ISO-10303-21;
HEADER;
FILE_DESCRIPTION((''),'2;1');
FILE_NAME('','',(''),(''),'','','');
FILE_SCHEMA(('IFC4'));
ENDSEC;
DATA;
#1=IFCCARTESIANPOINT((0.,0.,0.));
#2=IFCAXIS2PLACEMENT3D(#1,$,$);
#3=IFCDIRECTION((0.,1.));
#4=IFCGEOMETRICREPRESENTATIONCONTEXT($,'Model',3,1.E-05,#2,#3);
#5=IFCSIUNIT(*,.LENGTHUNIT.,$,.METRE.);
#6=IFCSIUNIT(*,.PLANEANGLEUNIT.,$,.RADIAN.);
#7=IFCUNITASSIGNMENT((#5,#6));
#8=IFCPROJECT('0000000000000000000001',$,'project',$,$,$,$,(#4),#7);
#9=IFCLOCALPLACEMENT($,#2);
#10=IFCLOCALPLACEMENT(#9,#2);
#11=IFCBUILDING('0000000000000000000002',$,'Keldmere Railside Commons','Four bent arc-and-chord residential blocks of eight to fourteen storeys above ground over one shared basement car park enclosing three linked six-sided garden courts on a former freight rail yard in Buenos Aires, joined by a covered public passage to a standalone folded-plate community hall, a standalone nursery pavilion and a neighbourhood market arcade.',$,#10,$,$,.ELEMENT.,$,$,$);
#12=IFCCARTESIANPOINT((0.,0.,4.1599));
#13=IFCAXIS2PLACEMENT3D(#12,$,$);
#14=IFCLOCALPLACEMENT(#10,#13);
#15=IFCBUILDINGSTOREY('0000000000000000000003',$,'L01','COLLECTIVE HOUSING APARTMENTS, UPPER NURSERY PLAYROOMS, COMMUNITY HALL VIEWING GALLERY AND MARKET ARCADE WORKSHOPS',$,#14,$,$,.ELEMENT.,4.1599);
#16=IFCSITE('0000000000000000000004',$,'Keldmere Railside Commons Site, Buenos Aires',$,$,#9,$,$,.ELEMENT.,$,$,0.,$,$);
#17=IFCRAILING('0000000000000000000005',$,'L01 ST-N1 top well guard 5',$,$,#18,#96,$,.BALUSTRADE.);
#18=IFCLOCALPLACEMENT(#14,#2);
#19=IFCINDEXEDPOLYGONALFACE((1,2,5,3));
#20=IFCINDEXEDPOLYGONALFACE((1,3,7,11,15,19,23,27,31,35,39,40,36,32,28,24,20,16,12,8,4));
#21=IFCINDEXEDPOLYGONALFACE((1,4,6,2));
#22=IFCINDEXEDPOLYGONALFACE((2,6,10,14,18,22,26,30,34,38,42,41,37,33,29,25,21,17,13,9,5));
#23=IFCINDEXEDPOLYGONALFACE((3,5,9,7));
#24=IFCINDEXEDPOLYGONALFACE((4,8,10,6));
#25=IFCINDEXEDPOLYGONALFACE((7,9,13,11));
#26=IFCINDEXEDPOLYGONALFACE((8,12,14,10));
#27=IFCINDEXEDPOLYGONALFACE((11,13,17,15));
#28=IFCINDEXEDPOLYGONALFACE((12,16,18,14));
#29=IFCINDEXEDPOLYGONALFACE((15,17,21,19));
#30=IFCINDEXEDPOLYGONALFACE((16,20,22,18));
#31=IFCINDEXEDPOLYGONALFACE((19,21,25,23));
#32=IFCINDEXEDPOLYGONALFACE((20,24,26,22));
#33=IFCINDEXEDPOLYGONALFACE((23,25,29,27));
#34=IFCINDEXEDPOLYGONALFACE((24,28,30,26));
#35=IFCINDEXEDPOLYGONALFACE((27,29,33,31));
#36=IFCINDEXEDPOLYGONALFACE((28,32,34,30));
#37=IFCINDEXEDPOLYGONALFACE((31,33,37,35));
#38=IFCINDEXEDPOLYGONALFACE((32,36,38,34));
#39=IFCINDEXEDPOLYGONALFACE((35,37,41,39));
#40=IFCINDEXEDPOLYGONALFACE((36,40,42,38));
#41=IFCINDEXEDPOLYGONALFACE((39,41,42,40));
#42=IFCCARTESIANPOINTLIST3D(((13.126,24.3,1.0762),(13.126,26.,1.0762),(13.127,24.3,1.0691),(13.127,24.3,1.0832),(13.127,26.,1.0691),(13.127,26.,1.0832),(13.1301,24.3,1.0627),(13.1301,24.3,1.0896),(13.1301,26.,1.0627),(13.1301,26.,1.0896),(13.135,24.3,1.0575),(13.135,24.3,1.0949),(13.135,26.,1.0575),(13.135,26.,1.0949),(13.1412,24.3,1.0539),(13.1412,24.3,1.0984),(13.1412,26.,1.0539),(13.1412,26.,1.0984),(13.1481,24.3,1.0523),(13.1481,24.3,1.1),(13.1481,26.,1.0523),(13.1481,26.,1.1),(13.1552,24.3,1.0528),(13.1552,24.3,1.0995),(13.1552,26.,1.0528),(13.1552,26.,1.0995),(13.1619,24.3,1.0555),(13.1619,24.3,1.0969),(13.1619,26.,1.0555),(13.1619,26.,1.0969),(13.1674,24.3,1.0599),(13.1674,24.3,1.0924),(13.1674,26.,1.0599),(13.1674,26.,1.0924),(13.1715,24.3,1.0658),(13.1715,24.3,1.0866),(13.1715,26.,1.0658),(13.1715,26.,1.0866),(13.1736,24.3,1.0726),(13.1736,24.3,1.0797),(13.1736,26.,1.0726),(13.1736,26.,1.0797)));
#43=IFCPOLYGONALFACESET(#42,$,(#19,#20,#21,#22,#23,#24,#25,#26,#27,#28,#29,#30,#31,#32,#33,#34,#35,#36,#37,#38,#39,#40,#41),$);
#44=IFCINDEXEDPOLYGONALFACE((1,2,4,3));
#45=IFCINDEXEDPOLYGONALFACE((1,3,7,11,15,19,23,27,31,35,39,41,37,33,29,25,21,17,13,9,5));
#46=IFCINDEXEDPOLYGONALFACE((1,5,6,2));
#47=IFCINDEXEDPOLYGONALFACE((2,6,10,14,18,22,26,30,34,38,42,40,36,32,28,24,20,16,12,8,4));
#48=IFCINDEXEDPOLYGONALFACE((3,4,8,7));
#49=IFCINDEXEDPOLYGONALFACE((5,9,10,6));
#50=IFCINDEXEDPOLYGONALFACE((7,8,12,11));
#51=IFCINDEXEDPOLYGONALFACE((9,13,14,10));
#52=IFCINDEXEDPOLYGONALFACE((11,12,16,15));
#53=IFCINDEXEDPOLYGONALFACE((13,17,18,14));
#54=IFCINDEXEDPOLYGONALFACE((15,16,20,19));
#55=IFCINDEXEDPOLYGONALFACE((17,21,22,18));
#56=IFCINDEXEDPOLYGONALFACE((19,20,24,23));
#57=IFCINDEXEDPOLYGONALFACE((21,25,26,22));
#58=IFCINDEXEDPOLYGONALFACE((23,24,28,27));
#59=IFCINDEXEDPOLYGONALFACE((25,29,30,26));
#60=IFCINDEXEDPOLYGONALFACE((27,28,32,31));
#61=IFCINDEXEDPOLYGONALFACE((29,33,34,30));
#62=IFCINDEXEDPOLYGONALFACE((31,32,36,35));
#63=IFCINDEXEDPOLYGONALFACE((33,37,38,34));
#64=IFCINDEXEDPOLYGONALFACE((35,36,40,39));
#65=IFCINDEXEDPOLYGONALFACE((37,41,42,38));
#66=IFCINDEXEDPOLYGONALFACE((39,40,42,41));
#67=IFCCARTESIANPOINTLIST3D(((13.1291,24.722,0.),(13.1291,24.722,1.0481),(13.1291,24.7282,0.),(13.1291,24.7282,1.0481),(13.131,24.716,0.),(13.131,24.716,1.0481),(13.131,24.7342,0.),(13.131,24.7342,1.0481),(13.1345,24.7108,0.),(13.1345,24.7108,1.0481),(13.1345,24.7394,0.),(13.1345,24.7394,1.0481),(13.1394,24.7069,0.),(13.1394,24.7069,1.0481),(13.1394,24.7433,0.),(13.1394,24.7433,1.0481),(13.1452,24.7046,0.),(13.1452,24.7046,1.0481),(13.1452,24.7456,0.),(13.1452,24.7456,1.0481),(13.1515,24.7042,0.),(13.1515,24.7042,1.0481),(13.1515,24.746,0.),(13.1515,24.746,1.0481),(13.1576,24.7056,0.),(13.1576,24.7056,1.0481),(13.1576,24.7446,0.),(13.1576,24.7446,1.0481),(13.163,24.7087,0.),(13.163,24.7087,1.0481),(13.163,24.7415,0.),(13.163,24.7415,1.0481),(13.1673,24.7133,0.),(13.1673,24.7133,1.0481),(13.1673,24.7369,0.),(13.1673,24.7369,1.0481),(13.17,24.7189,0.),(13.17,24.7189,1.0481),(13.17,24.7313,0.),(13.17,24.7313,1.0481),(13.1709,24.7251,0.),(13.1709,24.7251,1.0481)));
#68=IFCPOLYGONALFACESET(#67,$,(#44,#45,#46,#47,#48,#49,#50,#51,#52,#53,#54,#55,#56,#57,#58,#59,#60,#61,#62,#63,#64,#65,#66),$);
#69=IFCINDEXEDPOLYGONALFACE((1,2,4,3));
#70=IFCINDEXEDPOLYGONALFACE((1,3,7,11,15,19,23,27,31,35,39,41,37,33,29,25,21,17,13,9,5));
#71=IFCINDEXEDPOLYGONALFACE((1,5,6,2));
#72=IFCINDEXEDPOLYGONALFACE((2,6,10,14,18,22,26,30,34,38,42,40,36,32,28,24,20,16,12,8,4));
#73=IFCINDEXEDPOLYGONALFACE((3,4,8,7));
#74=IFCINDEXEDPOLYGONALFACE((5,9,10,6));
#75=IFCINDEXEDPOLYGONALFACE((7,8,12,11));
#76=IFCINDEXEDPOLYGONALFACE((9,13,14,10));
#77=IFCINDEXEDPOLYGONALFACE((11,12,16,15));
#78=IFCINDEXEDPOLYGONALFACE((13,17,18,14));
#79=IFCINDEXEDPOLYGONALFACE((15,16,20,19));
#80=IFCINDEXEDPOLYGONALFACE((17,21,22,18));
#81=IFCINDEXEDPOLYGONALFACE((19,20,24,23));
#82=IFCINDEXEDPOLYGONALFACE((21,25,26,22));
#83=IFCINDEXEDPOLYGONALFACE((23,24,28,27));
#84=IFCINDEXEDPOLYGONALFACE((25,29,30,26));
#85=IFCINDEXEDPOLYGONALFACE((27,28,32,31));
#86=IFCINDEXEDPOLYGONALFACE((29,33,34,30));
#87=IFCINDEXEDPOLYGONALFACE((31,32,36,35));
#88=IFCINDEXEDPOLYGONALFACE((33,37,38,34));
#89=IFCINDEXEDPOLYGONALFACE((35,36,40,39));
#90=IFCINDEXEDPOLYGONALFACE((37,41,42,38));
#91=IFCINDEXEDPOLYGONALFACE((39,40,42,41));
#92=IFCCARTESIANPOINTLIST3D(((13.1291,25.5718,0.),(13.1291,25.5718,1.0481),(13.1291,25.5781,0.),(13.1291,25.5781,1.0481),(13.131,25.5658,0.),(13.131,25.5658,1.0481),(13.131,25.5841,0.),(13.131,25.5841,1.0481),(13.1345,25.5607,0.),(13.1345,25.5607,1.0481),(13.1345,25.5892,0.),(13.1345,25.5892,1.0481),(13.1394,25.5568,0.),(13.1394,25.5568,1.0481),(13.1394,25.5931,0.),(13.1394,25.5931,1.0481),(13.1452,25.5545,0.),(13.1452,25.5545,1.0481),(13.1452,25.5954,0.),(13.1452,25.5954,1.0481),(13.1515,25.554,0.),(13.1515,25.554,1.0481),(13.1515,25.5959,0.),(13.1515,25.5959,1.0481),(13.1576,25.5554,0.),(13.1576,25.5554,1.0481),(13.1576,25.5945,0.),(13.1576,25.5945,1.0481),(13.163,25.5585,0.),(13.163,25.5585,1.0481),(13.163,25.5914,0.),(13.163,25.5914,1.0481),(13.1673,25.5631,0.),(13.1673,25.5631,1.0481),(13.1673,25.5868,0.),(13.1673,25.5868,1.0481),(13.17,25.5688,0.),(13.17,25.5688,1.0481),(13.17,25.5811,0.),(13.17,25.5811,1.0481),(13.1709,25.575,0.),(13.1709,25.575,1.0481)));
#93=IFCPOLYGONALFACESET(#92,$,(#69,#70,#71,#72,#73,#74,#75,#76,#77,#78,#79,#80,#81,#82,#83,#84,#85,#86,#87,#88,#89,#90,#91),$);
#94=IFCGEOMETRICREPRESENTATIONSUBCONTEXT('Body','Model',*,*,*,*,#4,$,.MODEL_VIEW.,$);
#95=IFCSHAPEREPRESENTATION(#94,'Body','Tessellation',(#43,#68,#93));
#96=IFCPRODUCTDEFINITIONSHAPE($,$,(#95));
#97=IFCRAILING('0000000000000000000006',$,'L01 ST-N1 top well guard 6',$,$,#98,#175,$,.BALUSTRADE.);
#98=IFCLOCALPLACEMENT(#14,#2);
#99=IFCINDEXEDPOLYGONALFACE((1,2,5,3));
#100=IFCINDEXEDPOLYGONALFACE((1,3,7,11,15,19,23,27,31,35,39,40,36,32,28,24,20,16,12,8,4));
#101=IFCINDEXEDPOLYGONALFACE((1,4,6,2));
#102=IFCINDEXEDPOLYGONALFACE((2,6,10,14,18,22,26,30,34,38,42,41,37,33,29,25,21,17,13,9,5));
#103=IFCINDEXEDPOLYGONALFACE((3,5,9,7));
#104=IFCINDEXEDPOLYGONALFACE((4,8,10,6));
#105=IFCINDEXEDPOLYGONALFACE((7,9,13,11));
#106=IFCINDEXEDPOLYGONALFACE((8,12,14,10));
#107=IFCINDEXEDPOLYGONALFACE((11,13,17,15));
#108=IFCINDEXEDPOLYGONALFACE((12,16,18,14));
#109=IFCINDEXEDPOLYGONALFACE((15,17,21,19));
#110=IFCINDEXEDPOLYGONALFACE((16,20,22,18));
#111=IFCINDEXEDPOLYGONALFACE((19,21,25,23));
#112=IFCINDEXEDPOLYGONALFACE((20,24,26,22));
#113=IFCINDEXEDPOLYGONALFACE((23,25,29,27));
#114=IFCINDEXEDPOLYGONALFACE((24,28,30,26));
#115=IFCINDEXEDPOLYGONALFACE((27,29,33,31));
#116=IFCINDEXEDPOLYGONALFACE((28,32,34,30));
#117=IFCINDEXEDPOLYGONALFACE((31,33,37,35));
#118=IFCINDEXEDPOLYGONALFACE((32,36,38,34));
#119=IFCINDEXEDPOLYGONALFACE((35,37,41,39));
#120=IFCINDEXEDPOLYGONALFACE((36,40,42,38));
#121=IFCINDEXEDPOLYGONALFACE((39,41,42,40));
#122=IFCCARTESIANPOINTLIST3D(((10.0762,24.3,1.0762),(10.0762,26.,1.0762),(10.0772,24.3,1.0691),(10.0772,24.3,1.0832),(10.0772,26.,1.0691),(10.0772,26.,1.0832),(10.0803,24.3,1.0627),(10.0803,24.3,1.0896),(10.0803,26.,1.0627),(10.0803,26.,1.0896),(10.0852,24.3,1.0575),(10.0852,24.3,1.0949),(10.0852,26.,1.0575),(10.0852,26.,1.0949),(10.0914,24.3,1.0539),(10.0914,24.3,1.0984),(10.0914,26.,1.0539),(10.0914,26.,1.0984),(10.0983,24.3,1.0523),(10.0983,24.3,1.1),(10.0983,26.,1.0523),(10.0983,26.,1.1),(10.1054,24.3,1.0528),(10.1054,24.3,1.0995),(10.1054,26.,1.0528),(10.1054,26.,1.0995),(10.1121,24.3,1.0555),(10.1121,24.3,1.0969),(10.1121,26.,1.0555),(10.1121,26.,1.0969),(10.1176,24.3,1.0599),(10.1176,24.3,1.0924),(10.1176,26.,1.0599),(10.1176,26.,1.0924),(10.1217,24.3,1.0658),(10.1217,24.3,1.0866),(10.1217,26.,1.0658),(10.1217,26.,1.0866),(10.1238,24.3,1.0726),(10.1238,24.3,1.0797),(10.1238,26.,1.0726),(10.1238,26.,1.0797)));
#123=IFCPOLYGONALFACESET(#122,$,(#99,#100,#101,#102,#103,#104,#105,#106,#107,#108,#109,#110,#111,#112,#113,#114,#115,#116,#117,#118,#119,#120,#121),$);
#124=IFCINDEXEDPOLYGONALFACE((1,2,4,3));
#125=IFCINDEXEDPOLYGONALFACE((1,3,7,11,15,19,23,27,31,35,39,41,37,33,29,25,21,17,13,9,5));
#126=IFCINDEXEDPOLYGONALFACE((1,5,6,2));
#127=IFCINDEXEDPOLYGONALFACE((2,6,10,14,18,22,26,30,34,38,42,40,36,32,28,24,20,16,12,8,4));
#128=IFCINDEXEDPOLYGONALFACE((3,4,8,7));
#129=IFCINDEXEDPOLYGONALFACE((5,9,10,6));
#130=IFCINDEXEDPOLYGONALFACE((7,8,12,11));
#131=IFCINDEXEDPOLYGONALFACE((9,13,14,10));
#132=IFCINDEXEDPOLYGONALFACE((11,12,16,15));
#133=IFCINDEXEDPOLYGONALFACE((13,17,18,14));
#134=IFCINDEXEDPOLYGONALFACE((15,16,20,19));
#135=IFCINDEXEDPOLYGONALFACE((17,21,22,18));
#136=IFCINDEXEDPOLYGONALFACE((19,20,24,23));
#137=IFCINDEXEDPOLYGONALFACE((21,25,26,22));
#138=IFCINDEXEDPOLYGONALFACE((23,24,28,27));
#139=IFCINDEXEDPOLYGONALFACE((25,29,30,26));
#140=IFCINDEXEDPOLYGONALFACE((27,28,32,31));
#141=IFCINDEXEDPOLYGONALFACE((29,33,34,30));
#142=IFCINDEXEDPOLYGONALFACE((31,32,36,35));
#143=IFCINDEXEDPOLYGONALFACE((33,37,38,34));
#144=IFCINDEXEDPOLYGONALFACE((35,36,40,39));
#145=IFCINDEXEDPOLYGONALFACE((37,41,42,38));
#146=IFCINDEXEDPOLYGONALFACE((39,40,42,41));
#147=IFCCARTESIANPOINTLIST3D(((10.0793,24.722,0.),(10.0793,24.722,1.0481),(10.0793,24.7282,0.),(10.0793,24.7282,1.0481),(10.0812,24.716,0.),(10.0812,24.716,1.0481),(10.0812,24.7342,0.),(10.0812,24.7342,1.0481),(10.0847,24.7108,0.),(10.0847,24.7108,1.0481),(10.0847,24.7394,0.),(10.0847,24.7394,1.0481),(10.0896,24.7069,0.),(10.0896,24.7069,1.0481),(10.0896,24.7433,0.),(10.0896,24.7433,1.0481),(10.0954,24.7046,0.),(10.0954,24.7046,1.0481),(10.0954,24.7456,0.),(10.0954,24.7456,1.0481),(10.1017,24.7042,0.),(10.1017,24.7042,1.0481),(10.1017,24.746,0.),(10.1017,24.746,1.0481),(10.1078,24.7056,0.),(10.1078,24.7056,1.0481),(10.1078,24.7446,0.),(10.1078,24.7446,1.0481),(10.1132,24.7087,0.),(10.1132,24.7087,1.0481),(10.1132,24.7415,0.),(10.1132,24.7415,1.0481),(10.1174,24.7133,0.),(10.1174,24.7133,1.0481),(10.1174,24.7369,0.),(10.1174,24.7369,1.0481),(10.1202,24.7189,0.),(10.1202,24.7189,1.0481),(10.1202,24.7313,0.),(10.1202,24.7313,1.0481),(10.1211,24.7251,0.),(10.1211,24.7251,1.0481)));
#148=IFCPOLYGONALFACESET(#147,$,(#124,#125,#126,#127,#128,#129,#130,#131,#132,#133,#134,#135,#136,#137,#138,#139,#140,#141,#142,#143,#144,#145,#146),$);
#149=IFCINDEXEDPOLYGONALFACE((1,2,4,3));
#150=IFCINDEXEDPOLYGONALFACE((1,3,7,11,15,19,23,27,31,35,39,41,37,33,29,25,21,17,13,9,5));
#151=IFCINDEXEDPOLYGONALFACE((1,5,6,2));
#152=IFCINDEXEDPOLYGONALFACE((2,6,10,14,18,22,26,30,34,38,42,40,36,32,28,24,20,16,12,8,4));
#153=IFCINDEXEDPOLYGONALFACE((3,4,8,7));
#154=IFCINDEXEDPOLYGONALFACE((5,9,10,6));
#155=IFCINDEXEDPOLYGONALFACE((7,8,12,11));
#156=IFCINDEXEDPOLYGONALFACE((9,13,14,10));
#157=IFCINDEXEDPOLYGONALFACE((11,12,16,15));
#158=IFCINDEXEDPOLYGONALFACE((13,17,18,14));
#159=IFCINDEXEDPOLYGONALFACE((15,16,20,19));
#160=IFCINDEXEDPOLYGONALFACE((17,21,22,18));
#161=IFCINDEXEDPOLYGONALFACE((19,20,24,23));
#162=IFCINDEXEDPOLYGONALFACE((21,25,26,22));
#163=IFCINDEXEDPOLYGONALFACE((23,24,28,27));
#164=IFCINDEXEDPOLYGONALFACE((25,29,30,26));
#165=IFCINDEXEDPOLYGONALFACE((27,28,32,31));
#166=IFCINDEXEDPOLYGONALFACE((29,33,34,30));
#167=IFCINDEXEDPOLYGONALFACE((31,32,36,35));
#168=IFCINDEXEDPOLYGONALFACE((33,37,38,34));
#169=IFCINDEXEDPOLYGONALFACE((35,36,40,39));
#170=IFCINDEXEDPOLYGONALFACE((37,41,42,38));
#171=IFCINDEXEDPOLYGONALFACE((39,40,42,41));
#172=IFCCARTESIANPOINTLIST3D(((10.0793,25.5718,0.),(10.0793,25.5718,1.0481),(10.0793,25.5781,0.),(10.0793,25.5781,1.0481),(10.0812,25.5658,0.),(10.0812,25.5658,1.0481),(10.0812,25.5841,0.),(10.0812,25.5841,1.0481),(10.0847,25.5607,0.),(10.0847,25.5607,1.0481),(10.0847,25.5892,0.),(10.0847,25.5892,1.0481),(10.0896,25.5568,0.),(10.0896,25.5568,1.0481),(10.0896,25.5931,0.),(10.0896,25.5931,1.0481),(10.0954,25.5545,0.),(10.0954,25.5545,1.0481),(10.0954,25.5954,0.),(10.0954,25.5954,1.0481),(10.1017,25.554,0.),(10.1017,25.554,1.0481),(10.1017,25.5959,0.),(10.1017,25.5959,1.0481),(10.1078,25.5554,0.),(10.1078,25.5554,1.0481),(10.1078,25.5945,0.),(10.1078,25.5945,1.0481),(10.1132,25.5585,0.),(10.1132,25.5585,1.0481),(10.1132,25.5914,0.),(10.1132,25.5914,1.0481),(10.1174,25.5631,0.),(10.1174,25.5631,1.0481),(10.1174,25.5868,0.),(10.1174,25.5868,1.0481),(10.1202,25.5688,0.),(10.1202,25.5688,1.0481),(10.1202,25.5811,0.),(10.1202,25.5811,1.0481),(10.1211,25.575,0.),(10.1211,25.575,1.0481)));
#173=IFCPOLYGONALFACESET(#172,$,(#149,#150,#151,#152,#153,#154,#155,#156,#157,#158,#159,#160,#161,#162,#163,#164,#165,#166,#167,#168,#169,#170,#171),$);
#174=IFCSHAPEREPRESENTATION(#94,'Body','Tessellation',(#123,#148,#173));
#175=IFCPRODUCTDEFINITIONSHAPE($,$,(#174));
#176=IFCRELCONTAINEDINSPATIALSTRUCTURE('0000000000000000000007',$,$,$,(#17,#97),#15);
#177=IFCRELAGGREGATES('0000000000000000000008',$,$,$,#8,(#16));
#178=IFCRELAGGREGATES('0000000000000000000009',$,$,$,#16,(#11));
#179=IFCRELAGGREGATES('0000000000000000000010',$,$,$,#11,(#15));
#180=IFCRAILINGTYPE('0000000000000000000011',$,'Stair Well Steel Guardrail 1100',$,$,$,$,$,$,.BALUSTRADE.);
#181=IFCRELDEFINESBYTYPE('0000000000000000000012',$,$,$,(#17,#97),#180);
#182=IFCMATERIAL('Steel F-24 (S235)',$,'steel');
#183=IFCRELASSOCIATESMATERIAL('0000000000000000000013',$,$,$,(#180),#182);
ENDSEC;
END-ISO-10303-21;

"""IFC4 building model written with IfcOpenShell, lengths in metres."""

from ifc_helpers import new_model, si_unit, direction, frame, origin, origin_2d, place, context, subcontext, project, spatial, circle, extrude, material, type_object, element, save


model = new_model("IFC4")

# Units and contexts
model_context = context("Model", 3, precision=1e-05, world=origin(), true_north=direction((0.0, 1.0)))
body_context = subcontext(model_context, "Body", "Model", "MODEL_VIEW")
ifc_project = project(units=[si_unit("LENGTHUNIT", "METRE"), si_unit("PLANEANGLEUNIT", "RADIAN")], contexts=[model_context])

# Site, building, storey
site_placement = place(None, origin())
site = spatial("IfcSite", under=ifc_project, at=site_placement, Name="Keldmere Railside Commons Site, Buenos Aires", CompositionType="ELEMENT", RefElevation=0.0)
building_placement = place(site_placement, origin())
building = spatial("IfcBuilding", under=site, at=building_placement, Name="Keldmere Railside Commons", Description="Four bent arc-and-chord residential blocks of eight to fourteen storeys above ground over one shared basement car park enclosing three linked six-sided garden courts on a former freight rail yard in Buenos Aires, joined by a covered public passage to a standalone folded-plate community hall, a standalone nursery pavilion and a neighbourhood market arcade.", CompositionType="ELEMENT")
storey_placement = place(building_placement, frame((0.0, 0.0, 4.1599)))
storey = spatial("IfcBuildingStorey", under=building, at=storey_placement, Name="L01", Description="COLLECTIVE HOUSING APARTMENTS, UPPER NURSERY PLAYROOMS, COMMUNITY HALL VIEWING GALLERY AND MARKET ARCADE WORKSHOPS", CompositionType="ELEMENT", Elevation=4.1599)

# Shared definitions
ifc_material_1 = material(Name="Steel F-24 (S235)", Category="steel")

# Railings
railing_type = type_object("IfcRailingType", Name="Stair Well Steel Guardrail 1100", PredefinedType="BALUSTRADE", material=ifc_material_1)
for number, where, name in (
    (1, (13.1499, 24.3, 0.0), "L01 ST-N1 top well guard 5"),
    (2, (10.1001, 24.3, 0.0), "L01 ST-N1 top well guard 6"),
):
    element("IfcRailing", number, at=place(storey_placement, frame(where)), inside=storey, type_object=railing_type, Name=name, PredefinedType="BALUSTRADE", context=body_context, shape_type="SweptSolid", body=[
        extrude(circle(Radius=0.0239, at=origin_2d()), frame((0.0, 0.0, 1.0762), z_axis=(0.0, 1.0, 0.0), x_axis=(-1.0, 0.0, 0.0)), (0.0, 0.0, 1.0), 1.7),
        extrude(circle(Radius=0.021, at=origin_2d()), frame((0.0, 0.425, 0.0)), (0.0, 0.0, 1.0), 1.0481),
        extrude(circle(Radius=0.021, at=origin_2d()), frame((0.0, 1.2749, 0.0)), (0.0, 0.0, 1.0), 1.0481),
    ])

save(model, "model.ifc")
